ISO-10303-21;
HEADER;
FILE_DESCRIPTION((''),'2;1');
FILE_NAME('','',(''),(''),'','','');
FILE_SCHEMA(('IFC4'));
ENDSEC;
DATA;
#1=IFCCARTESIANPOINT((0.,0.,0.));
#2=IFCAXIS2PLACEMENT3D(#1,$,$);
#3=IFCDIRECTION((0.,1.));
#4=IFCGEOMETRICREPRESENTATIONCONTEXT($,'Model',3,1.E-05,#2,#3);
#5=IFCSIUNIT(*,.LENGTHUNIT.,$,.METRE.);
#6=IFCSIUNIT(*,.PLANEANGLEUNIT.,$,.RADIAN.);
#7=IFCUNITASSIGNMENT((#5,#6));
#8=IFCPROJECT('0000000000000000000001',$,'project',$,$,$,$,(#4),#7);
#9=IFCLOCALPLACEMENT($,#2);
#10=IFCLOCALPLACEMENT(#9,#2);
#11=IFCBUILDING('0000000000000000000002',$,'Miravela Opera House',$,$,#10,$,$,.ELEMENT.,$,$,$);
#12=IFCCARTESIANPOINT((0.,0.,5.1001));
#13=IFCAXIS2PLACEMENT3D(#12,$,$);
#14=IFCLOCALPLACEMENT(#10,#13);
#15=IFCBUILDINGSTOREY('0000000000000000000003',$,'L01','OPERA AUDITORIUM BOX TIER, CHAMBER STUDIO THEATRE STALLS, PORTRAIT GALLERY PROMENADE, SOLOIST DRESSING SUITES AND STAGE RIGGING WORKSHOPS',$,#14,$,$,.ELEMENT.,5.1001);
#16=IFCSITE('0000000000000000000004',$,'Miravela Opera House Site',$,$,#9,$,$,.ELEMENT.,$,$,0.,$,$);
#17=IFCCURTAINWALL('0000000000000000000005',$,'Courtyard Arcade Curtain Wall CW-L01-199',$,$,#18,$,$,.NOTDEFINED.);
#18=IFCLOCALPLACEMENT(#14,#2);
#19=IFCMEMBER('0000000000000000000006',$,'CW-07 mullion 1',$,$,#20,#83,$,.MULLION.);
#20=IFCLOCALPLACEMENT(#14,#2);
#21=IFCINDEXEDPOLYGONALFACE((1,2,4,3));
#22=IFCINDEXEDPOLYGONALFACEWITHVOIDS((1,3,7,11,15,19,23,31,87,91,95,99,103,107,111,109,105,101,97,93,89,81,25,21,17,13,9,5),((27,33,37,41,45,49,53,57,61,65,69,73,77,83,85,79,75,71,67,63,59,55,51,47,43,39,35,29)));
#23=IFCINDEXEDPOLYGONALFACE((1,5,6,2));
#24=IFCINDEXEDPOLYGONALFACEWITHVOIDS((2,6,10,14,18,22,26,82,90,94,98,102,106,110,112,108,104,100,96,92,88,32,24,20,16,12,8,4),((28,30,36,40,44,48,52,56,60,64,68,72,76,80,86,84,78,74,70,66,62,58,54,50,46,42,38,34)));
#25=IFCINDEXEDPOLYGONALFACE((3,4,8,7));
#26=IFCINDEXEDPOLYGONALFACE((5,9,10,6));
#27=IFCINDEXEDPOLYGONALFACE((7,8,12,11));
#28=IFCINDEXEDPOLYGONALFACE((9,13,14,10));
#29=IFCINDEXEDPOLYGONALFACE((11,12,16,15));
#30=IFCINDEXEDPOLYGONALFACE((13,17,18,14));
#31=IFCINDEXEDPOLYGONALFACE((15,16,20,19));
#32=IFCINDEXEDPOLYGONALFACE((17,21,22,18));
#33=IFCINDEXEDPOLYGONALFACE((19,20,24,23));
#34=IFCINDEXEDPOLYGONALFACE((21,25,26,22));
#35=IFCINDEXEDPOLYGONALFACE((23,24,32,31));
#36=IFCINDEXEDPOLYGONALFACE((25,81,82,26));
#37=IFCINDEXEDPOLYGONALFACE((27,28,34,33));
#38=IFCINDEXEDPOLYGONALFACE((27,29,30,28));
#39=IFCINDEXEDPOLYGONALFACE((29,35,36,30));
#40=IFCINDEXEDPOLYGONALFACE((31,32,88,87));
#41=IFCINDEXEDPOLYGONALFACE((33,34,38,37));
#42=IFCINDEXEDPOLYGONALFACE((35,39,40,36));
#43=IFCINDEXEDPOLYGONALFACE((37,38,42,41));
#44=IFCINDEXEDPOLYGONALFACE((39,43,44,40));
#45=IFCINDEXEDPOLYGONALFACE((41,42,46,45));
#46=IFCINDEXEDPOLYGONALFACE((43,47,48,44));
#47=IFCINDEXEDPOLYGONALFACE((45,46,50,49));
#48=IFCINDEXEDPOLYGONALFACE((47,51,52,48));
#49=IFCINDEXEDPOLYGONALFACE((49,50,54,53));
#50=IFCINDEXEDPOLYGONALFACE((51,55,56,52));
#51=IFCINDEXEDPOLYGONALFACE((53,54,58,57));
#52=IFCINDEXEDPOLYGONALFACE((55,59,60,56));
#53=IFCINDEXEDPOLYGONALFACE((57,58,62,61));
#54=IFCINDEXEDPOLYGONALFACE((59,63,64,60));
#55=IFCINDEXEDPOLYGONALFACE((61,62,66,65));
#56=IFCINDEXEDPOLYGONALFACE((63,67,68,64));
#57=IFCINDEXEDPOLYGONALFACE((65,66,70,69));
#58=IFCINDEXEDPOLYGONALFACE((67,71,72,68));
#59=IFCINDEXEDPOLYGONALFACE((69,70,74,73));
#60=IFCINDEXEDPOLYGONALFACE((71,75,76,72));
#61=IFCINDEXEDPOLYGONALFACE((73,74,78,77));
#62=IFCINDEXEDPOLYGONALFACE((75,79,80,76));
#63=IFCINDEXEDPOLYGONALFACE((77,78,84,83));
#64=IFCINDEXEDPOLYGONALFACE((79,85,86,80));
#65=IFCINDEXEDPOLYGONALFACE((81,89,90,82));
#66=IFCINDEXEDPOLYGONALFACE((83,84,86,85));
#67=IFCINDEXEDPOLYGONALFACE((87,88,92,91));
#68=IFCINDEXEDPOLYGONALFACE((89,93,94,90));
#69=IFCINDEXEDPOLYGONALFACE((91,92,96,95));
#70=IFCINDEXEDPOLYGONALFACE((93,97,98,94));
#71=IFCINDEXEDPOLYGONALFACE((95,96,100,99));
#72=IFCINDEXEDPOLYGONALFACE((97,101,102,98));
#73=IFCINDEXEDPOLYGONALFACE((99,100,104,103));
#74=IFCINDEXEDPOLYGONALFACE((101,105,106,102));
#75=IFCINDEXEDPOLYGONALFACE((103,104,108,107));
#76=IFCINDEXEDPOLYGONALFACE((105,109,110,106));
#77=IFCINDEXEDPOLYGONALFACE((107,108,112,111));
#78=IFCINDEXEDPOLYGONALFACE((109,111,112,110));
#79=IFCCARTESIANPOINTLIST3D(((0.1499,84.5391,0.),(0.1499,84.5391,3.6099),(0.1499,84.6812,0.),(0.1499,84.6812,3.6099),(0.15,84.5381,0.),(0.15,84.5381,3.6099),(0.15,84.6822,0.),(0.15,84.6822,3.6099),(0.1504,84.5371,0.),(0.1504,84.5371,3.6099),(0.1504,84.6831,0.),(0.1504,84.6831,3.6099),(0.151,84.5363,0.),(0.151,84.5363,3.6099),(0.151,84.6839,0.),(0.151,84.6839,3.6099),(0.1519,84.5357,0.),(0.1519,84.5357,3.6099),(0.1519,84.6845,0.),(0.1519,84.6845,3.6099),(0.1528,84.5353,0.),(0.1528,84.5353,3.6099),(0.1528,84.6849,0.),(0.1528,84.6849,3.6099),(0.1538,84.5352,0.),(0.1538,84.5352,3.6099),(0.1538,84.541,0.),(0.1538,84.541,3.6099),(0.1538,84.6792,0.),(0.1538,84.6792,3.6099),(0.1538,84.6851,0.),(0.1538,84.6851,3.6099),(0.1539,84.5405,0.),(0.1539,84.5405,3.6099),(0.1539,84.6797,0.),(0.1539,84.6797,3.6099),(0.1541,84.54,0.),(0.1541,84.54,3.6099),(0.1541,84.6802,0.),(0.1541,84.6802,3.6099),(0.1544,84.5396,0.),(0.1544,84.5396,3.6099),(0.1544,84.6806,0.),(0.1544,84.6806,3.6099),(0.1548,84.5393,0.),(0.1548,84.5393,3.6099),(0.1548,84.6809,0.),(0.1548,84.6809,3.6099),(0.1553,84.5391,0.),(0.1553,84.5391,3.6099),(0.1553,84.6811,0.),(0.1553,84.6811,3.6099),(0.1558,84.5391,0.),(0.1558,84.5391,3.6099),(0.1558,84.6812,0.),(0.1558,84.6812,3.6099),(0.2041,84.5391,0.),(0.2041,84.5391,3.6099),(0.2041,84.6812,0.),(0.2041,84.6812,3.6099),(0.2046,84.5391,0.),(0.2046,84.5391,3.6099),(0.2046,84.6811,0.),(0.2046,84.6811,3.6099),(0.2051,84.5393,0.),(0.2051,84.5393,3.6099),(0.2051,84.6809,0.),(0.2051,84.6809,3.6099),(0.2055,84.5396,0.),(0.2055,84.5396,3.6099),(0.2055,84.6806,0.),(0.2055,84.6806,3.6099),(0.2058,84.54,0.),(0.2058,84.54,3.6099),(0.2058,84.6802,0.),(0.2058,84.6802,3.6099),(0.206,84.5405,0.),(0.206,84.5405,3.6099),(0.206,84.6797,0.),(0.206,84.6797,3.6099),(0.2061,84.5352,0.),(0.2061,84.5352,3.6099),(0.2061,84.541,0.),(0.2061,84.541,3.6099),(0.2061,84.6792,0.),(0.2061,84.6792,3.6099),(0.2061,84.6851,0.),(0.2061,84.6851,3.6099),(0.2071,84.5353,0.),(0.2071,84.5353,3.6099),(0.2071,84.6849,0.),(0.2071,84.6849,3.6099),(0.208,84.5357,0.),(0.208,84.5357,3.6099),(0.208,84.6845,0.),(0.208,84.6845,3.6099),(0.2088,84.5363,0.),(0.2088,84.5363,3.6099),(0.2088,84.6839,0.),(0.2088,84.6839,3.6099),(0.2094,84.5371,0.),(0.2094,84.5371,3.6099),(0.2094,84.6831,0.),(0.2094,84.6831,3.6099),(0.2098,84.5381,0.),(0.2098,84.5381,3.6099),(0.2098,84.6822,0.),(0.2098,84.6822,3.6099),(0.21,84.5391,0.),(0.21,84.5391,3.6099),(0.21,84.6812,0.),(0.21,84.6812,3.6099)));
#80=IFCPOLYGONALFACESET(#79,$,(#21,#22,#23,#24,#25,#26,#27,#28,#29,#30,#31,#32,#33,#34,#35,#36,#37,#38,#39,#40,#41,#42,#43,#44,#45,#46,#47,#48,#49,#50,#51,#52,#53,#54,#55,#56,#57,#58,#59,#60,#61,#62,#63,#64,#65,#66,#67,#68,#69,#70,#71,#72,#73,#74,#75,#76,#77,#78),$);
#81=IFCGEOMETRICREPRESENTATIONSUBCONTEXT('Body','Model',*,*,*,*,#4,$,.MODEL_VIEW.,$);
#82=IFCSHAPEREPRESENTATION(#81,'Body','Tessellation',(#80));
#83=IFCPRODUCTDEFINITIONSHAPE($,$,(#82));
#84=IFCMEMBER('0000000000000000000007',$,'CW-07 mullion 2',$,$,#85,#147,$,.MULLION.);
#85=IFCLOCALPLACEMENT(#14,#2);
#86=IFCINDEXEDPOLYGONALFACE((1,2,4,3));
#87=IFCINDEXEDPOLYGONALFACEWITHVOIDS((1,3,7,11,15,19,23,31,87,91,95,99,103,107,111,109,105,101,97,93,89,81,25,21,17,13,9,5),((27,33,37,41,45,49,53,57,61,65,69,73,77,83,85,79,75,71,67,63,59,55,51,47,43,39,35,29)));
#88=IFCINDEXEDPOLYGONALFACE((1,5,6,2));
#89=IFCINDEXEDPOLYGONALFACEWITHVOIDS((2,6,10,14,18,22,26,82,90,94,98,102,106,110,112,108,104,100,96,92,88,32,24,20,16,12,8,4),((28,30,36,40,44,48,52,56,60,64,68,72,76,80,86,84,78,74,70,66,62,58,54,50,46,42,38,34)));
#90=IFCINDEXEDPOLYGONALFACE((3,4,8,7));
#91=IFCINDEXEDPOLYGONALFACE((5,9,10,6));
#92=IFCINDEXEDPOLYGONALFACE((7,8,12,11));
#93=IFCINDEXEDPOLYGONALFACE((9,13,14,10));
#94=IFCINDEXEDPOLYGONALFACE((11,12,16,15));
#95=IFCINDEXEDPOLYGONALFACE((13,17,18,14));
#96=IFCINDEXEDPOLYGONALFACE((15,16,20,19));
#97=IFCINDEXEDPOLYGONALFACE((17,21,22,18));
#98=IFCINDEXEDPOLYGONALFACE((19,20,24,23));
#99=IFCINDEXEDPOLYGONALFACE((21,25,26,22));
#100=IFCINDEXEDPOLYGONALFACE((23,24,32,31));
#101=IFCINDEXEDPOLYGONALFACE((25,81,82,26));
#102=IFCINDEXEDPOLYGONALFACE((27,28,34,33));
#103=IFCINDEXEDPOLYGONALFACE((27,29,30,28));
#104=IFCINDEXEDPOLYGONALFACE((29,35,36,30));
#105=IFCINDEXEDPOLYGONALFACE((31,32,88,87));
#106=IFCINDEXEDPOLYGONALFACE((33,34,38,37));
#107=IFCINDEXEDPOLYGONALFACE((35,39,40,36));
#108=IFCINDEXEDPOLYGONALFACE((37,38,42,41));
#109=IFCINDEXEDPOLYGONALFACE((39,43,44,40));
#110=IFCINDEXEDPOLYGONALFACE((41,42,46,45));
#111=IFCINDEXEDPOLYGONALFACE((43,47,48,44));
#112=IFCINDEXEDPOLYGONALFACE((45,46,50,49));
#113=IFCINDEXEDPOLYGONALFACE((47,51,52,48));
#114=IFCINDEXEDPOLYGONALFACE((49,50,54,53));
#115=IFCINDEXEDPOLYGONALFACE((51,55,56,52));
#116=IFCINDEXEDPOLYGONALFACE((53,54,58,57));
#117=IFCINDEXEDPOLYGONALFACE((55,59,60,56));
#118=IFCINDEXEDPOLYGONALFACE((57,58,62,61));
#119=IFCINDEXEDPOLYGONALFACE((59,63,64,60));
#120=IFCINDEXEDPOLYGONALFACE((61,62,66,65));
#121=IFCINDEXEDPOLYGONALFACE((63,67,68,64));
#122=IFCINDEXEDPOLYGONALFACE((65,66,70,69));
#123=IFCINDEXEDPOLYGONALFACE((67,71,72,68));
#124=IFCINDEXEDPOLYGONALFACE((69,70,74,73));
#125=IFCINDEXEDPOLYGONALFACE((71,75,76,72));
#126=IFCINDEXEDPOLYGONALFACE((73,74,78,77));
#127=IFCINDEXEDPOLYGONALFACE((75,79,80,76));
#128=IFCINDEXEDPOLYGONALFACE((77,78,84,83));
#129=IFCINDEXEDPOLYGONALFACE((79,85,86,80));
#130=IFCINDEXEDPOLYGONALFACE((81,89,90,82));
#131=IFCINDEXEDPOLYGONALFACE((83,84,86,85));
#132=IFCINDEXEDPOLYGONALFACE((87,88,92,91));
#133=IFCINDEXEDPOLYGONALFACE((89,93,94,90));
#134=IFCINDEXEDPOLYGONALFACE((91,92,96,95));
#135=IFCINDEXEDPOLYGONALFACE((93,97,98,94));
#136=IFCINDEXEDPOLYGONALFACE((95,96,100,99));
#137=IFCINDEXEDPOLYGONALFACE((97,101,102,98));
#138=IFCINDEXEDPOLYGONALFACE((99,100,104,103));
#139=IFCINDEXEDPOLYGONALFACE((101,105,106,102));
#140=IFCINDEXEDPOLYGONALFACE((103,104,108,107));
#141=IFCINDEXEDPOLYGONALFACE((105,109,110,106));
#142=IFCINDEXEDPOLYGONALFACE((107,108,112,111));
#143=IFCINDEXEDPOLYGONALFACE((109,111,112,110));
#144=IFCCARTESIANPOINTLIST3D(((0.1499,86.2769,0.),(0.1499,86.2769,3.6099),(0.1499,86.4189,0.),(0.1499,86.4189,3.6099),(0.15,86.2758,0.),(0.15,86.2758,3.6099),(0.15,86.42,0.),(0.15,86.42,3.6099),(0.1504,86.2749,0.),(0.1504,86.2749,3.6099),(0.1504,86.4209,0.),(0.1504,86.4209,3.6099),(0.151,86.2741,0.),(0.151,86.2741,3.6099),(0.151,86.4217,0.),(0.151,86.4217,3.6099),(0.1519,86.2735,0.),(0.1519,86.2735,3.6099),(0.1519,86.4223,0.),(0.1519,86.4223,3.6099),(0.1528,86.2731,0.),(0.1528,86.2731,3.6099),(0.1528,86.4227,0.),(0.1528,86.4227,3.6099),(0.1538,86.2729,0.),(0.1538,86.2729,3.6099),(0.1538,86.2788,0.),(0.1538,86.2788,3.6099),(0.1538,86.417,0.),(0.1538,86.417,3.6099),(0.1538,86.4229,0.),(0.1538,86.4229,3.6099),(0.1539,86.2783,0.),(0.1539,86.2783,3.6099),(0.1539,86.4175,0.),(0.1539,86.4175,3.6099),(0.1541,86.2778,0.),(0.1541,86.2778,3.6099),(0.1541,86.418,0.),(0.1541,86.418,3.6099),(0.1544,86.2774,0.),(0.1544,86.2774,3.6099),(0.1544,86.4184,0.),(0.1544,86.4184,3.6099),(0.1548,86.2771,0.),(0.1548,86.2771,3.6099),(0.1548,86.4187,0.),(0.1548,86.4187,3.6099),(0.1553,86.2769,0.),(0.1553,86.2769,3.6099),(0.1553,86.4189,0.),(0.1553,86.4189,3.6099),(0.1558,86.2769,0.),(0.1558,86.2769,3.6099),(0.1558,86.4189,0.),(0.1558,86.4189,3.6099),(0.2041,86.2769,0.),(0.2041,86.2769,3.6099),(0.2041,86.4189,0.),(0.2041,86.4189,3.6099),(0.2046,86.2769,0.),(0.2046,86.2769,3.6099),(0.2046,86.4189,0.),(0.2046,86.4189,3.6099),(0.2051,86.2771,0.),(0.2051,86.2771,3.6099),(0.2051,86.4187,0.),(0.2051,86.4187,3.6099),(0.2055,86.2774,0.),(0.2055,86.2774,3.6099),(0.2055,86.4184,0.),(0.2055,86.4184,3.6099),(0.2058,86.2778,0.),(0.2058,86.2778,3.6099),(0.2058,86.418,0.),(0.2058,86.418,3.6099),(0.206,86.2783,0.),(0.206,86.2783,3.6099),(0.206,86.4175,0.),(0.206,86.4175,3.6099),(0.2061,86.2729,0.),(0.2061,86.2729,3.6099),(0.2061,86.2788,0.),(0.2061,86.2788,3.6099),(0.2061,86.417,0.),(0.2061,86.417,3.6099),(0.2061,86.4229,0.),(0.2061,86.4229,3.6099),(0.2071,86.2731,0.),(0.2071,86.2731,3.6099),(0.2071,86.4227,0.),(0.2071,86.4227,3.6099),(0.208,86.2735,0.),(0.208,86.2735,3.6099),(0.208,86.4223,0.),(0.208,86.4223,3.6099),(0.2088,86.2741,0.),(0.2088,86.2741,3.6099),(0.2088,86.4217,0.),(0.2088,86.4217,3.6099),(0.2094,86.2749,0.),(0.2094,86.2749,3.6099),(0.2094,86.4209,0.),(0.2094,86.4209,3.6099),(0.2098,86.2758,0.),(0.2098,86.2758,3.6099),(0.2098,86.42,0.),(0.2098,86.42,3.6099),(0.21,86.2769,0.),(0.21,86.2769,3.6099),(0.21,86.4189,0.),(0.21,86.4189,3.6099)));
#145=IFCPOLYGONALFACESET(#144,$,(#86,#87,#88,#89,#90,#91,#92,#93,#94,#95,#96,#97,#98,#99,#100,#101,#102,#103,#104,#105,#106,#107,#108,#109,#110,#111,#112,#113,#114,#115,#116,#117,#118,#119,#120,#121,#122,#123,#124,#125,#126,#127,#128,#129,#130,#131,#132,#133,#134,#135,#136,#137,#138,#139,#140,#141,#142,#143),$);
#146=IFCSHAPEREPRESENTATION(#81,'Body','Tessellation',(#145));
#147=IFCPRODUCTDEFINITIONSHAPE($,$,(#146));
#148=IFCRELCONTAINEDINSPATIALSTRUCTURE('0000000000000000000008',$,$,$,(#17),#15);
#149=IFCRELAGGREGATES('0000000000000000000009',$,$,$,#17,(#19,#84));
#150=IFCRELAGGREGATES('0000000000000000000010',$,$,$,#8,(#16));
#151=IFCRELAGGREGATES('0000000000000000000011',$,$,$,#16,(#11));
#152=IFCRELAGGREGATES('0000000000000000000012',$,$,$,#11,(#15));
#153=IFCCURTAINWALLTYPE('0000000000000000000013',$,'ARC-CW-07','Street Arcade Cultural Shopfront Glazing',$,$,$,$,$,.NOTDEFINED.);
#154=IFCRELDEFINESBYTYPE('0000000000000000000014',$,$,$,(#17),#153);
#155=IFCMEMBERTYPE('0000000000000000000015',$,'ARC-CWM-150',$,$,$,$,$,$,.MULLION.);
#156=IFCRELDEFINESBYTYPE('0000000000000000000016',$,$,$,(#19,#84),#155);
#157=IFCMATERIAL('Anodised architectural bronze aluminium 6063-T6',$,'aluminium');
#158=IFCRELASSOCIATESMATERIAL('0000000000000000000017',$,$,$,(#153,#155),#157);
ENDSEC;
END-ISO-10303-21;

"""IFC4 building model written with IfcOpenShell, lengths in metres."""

from ifc_helpers import new_model, si_unit, direction, frame, origin, origin_2d, place, context, subcontext, project, spatial, hollow_rectangle, extrude, material, material_profile, profile_set, type_object, element, aggregate, save


model = new_model("IFC4")

# Units and contexts
model_context = context("Model", 3, precision=1e-05, world=origin(), true_north=direction((0.0, 1.0)))
body_context = subcontext(model_context, "Body", "Model", "MODEL_VIEW")
ifc_project = project(units=[si_unit("LENGTHUNIT", "METRE"), si_unit("PLANEANGLEUNIT", "RADIAN")], contexts=[model_context])

# Site, building, storey
site_placement = place(None, origin())
site = spatial("IfcSite", under=ifc_project, at=site_placement, Name="Miravela Opera House Site", CompositionType="ELEMENT", RefElevation=0.0)
building_placement = place(site_placement, origin())
building = spatial("IfcBuilding", under=site, at=building_placement, Name="Miravela Opera House", CompositionType="ELEMENT")
storey_placement = place(building_placement, frame((0.0, 0.0, 5.1001)))
storey = spatial("IfcBuildingStorey", under=building, at=storey_placement, Name="L01", Description="OPERA AUDITORIUM BOX TIER, CHAMBER STUDIO THEATRE STALLS, PORTRAIT GALLERY PROMENADE, SOLOIST DRESSING SUITES AND STAGE RIGGING WORKSHOPS", CompositionType="ELEMENT", Elevation=5.1001)

# Curtain wall, members
ifc_material_1 = material(Name="Anodised architectural bronze aluminium 6063-T6", Category="aluminium")
curtain_wall_type = type_object("IfcCurtainWallType", Name="ARC-CW-07", Description="Street Arcade Cultural Shopfront Glazing", PredefinedType="NOTDEFINED", material=ifc_material_1)
curtain_wall_placement = place(storey_placement, origin())
curtain_wall = element("IfcCurtainWall", 1, at=curtain_wall_placement, inside=storey, type_object=curtain_wall_type, Name="Courtyard Arcade Curtain Wall CW-L01-199", PredefinedType="NOTDEFINED")
ifc_material_profile_1 = material_profile(ifc_material_1, hollow_rectangle(XDim=0.0601, YDim=0.1499, WallThickness=0.0039, InnerFilletRadius=0.002, OuterFilletRadius=0.0039, at=origin_2d()), Name="CWM-60X150")
ifc_profile_set_1 = profile_set([ifc_material_profile_1])
member_type_1 = type_object("IfcMemberType", Name="ARC-CWM-150", PredefinedType="MULLION", material=ifc_profile_set_1)
member_1_placement = place(storey_placement, frame((0.1799, 84.6101, 0.0), z_axis=(0.0, 0.0, 1.0), x_axis=(-1.0, 0.0, 0.0)))
member_1 = element("IfcMember", 2, at=member_1_placement, type_object=member_type_1, Name="CW-07 mullion 1", PredefinedType="MULLION", context=body_context, shape_type="SweptSolid", body=[
    extrude(hollow_rectangle(XDim=0.0601, YDim=0.1499, WallThickness=0.0039, InnerFilletRadius=0.002, OuterFilletRadius=0.0039, at=origin_2d()), origin(), (0.0, 0.0, 1.0), 3.6099),
])
member_2_placement = place(storey_placement, frame((0.1799, 86.3479, 0.0), z_axis=(0.0, 0.0, 1.0), x_axis=(-1.0, 0.0, 0.0)))
member_2 = element("IfcMember", 3, at=member_2_placement, type_object=member_type_1, Name="CW-07 mullion 2", PredefinedType="MULLION", context=body_context, shape_type="SweptSolid", body=[
    extrude(hollow_rectangle(XDim=0.0601, YDim=0.1499, WallThickness=0.0039, InnerFilletRadius=0.002, OuterFilletRadius=0.0039, at=origin_2d()), origin(), (0.0, 0.0, 1.0), 3.6099),
])
aggregate(curtain_wall, [member_1, member_2])

save(model, "model.ifc")
